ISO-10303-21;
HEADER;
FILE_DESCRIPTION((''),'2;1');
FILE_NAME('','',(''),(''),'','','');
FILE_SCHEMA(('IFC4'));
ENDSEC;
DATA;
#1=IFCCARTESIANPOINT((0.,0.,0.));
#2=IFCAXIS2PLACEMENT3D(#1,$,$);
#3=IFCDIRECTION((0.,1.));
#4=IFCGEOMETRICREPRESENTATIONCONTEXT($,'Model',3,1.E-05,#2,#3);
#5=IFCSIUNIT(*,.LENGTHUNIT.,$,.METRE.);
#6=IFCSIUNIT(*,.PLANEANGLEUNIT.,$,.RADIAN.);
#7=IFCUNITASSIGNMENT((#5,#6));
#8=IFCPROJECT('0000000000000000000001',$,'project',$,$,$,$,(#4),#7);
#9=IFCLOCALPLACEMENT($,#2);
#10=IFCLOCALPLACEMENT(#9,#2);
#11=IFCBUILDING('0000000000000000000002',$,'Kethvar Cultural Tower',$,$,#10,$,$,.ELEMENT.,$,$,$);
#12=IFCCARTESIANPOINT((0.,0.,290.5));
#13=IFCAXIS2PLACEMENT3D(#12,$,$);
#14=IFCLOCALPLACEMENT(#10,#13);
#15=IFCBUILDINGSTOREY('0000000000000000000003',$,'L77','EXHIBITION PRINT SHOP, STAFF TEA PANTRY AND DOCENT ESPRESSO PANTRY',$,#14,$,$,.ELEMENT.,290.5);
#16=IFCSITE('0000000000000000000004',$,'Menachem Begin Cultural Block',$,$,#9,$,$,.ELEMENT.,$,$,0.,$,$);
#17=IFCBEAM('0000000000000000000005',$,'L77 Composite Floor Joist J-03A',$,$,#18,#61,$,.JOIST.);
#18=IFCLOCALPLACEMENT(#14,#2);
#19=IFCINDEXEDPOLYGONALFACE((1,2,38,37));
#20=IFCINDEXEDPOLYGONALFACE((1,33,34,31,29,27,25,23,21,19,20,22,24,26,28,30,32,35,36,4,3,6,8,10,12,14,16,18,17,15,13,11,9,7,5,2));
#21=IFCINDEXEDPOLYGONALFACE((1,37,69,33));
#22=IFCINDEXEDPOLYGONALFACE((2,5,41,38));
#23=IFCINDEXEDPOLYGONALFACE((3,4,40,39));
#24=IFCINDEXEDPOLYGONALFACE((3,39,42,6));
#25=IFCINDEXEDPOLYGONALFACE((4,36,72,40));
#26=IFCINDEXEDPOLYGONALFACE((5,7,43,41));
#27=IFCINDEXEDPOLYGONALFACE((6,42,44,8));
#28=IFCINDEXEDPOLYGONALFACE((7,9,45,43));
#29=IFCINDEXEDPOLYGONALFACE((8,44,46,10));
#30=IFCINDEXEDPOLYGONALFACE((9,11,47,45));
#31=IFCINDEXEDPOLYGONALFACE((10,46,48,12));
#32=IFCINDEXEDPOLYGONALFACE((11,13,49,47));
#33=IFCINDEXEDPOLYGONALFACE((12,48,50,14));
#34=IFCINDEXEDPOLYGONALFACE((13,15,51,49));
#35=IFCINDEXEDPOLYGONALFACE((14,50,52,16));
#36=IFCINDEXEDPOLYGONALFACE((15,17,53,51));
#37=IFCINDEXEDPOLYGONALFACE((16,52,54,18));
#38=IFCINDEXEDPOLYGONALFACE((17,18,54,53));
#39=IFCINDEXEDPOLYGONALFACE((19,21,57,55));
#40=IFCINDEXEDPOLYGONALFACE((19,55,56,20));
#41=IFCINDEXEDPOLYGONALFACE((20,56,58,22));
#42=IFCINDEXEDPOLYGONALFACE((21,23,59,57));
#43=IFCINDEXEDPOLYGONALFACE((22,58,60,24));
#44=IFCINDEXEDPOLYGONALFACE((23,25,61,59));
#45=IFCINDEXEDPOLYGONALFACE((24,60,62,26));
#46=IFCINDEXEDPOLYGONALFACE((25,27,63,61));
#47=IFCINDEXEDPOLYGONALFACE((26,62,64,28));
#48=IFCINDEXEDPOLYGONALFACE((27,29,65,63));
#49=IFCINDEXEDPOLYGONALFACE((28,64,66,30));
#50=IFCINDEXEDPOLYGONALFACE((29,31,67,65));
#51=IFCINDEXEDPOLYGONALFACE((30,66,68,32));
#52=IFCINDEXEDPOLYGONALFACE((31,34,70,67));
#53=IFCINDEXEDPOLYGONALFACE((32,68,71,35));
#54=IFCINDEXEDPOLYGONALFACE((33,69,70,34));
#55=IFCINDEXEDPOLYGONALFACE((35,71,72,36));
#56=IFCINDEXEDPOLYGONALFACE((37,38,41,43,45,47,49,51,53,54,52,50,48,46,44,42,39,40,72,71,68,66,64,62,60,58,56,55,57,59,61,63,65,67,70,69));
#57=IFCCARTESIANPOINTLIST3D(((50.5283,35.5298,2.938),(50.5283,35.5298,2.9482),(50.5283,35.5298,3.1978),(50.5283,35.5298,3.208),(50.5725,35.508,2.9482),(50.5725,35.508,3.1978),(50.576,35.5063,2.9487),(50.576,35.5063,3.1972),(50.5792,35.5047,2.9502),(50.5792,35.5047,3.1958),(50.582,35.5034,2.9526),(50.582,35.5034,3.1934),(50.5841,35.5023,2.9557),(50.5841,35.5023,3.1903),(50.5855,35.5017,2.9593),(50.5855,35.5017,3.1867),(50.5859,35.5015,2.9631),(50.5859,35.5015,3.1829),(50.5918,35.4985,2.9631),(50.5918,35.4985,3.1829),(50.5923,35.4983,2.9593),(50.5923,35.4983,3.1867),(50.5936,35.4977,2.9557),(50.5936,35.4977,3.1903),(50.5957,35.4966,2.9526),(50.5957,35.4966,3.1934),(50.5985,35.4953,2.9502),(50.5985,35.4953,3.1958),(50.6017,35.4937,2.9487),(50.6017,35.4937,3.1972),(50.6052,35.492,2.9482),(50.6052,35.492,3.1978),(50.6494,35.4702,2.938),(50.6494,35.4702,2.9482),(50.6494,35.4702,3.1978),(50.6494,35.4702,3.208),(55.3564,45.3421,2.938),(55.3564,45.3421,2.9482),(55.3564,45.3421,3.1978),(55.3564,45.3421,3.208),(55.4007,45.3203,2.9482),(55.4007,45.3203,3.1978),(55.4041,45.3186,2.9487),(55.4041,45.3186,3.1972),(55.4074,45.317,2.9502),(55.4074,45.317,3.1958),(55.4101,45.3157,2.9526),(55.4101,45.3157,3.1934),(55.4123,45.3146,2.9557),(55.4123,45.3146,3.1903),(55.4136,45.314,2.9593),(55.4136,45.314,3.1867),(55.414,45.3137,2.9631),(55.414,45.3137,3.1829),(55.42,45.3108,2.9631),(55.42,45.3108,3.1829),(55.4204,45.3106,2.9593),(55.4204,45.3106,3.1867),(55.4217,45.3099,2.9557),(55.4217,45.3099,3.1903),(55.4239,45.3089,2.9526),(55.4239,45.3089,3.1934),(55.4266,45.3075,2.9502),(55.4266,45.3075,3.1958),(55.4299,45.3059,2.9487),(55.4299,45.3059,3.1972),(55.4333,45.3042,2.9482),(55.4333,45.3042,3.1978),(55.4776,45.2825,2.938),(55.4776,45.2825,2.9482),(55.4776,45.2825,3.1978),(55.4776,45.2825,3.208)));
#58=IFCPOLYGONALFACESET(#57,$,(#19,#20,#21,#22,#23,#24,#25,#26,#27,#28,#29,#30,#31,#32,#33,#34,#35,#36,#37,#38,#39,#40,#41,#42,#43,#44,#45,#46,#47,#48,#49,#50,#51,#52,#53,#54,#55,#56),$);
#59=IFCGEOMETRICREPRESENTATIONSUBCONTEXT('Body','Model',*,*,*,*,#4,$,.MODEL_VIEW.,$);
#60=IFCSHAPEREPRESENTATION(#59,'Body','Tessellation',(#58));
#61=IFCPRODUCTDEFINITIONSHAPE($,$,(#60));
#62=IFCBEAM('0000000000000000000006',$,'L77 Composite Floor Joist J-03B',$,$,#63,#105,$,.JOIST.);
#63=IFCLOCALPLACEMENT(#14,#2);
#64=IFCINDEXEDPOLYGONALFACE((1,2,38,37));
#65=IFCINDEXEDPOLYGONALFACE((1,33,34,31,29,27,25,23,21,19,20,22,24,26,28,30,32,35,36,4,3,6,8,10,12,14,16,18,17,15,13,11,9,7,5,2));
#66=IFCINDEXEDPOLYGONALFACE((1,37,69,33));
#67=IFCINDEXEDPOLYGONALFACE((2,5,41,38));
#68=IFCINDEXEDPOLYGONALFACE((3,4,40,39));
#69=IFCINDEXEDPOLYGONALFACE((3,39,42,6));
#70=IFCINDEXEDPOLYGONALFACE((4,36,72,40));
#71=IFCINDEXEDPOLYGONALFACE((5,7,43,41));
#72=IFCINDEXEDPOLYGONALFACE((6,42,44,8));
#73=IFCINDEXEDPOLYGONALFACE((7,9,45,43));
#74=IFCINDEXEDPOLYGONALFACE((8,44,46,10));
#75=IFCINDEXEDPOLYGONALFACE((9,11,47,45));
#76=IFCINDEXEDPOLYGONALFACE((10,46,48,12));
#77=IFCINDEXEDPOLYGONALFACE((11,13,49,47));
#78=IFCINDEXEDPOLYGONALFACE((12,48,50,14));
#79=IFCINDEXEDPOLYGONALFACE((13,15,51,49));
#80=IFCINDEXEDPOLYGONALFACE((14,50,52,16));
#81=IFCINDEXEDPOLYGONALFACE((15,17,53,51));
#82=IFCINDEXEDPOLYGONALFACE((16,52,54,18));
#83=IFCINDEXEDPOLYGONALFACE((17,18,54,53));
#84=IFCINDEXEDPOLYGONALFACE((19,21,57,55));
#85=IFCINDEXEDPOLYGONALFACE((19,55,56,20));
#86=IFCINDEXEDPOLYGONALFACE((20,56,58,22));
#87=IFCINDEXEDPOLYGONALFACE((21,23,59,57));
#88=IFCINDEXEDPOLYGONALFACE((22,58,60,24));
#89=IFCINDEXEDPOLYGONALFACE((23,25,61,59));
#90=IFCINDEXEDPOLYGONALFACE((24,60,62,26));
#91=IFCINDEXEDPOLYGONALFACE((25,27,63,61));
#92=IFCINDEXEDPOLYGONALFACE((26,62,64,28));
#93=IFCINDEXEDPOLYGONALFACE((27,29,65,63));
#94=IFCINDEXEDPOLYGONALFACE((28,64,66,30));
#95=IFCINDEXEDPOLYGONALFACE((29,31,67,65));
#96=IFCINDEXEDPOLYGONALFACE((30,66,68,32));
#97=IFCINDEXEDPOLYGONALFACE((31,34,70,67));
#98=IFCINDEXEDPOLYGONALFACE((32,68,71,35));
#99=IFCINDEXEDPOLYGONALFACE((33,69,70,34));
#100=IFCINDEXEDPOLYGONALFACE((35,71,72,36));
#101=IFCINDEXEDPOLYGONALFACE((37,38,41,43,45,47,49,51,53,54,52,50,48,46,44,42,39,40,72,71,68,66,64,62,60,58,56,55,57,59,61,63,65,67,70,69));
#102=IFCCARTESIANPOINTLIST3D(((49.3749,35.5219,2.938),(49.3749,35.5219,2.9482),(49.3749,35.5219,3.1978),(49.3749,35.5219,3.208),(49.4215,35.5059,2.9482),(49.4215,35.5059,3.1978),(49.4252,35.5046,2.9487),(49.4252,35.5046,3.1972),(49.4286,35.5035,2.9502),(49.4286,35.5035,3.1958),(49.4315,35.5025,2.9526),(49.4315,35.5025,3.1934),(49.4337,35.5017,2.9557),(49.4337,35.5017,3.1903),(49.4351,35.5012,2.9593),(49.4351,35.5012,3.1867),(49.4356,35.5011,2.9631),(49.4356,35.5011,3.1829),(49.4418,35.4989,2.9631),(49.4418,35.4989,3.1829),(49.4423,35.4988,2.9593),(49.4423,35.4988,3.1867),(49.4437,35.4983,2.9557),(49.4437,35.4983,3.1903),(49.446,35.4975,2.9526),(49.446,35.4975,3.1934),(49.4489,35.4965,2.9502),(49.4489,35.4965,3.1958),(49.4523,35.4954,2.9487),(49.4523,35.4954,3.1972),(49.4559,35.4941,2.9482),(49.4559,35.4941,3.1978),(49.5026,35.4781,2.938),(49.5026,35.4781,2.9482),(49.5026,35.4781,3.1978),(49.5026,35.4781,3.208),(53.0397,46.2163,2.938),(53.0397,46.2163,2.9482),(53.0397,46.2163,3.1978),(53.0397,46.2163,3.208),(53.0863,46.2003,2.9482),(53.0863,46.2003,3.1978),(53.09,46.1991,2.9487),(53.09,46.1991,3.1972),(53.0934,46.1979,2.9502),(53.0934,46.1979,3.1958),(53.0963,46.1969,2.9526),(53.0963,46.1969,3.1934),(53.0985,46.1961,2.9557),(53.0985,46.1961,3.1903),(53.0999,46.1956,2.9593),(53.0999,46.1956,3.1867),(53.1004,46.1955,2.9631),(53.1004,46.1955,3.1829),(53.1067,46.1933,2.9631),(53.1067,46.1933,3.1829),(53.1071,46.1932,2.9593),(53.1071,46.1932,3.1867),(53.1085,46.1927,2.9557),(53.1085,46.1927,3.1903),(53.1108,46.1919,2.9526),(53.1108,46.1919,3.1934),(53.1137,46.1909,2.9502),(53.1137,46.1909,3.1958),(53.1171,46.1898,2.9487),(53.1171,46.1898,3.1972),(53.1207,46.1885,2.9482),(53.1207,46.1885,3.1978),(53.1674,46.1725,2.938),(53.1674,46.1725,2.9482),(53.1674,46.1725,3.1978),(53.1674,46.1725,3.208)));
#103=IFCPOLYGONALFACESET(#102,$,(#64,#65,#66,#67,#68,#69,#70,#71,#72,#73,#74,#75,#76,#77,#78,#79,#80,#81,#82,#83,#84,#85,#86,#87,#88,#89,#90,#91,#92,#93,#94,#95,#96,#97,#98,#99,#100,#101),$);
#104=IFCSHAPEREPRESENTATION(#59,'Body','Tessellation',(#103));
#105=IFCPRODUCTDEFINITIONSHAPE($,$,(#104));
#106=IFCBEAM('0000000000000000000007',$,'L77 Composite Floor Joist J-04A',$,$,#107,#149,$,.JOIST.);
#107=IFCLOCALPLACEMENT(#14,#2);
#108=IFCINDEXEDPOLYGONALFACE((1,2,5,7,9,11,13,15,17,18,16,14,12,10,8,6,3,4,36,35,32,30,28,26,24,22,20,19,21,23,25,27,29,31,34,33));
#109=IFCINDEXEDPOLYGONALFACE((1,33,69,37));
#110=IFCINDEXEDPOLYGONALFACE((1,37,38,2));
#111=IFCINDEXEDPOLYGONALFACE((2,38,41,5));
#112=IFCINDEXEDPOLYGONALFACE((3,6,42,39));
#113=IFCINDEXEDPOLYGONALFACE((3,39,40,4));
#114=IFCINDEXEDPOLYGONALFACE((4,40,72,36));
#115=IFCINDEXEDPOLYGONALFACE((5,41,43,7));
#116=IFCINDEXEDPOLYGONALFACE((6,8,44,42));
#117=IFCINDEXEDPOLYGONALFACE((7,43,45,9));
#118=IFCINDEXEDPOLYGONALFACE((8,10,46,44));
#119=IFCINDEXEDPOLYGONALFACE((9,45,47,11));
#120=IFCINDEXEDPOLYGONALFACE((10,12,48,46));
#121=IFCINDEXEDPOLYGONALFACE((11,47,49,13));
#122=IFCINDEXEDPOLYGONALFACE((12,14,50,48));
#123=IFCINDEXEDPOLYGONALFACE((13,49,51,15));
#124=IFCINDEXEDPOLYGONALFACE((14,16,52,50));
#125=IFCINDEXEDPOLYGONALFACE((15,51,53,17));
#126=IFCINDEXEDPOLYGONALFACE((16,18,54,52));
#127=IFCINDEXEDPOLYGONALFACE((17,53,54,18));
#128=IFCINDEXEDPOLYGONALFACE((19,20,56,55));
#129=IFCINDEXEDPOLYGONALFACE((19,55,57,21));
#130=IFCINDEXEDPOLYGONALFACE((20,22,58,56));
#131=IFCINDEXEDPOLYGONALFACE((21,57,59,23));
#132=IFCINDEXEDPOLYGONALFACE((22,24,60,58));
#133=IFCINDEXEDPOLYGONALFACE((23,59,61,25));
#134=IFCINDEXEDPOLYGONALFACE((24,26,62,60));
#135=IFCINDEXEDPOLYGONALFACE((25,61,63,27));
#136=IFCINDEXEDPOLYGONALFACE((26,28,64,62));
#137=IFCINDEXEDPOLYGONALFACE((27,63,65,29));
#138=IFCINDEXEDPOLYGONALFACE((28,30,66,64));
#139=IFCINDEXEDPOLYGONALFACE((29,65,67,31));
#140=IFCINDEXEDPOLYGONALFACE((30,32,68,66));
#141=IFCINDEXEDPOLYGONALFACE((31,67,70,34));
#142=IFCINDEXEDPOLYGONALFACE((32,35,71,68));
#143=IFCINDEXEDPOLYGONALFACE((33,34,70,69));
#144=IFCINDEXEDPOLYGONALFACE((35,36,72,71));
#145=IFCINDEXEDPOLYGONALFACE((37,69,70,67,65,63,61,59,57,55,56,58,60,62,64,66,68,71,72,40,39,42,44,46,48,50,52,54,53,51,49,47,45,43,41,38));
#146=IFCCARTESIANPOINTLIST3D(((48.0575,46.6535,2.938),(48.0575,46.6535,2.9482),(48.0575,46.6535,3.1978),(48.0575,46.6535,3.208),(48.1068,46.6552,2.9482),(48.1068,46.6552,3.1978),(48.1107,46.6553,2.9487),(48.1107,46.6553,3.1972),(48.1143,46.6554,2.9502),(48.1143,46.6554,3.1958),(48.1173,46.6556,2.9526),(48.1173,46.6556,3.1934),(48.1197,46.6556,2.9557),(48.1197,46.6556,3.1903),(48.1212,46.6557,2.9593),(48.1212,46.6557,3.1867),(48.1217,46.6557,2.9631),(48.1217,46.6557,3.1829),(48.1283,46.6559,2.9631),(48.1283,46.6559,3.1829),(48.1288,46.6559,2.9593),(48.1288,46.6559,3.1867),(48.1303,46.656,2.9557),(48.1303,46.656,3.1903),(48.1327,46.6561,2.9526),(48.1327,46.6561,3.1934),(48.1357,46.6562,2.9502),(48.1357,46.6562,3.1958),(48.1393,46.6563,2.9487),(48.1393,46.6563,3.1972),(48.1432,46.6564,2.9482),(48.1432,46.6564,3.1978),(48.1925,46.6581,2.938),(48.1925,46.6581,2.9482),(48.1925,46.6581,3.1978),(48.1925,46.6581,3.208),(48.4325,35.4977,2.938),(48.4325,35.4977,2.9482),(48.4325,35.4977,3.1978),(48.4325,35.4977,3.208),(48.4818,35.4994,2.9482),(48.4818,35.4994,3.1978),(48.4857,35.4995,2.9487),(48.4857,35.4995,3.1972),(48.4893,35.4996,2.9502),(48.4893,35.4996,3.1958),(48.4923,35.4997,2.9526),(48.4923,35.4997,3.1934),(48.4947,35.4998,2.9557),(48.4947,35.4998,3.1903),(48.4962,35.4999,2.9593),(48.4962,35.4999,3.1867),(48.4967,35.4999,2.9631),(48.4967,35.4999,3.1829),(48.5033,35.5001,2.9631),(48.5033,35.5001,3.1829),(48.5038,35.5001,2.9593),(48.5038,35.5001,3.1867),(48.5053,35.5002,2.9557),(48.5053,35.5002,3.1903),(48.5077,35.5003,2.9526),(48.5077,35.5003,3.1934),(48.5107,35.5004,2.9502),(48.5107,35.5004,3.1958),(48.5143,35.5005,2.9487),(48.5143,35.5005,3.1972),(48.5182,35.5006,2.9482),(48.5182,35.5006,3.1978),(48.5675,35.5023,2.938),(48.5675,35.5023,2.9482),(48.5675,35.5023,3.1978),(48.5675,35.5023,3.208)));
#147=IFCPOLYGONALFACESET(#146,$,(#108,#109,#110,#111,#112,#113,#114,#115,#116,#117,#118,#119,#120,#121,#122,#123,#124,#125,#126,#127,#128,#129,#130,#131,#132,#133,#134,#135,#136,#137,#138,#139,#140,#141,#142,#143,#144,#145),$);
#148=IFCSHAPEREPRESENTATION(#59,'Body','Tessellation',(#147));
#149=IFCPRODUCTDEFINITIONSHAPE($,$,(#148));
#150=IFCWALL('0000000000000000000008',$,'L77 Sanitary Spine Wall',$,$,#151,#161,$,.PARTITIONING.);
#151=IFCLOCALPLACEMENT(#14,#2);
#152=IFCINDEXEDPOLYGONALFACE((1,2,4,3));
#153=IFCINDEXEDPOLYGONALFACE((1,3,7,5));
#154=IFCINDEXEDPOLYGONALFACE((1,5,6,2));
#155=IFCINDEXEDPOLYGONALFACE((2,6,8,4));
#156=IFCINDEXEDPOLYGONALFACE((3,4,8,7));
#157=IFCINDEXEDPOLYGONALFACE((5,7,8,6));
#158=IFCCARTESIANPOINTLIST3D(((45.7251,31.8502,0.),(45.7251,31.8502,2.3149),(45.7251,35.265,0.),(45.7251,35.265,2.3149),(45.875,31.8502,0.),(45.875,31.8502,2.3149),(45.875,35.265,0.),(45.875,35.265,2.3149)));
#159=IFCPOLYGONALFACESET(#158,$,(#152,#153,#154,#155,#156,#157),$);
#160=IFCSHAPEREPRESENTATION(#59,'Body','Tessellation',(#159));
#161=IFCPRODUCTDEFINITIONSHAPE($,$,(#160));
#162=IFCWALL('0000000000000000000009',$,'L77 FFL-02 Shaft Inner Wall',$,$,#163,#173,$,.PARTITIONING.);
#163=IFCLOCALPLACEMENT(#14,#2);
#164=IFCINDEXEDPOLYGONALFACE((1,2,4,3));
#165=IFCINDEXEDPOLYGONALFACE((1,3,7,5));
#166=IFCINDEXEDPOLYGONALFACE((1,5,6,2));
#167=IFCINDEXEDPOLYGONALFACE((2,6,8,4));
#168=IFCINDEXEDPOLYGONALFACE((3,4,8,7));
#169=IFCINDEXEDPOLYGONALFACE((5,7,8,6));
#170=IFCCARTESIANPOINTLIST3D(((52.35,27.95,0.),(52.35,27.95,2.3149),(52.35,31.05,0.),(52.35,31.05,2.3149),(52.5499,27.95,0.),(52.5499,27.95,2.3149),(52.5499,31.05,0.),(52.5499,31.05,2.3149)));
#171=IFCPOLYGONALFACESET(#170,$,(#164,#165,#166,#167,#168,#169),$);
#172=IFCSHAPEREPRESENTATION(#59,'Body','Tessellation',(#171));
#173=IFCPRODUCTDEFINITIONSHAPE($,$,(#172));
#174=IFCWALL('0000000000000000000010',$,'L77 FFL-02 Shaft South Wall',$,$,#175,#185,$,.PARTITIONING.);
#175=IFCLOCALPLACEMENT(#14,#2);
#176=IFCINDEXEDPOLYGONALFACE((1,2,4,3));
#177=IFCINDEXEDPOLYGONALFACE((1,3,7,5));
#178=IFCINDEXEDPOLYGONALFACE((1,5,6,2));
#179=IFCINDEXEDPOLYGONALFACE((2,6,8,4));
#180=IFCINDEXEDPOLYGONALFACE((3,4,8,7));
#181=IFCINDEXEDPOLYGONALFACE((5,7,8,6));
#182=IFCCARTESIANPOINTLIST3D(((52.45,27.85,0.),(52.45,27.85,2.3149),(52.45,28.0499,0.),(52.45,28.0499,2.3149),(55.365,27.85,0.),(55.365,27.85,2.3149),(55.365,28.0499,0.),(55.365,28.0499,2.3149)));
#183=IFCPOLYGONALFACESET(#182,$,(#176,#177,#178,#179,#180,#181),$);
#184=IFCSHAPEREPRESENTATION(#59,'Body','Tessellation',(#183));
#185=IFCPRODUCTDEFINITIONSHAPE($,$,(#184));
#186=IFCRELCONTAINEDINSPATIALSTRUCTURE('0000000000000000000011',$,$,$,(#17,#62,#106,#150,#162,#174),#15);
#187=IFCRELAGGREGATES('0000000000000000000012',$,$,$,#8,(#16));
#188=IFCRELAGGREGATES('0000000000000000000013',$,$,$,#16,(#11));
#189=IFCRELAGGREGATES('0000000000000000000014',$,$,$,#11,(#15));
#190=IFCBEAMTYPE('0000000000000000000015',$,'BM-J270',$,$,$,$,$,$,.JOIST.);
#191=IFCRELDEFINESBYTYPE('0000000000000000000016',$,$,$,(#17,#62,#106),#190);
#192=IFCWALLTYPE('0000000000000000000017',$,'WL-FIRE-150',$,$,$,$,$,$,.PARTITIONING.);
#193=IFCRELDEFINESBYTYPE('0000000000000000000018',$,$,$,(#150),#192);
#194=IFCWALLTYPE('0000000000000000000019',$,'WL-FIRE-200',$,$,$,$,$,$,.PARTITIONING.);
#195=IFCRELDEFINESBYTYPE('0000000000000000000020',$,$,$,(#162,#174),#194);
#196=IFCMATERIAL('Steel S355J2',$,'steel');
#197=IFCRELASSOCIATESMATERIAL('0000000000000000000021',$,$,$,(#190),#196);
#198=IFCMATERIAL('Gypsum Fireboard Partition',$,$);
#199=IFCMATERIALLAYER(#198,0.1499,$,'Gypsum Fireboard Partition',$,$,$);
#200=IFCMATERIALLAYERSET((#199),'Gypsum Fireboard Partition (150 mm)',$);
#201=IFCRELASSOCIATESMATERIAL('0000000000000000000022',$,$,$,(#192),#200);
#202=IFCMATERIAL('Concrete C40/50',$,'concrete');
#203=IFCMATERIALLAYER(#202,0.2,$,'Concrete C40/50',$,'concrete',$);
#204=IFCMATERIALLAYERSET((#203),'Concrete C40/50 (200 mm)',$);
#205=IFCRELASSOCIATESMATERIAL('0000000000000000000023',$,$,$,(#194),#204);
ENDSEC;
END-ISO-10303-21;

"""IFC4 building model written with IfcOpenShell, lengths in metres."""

from ifc_helpers import new_model, si_unit, direction, frame, frame_2d, origin, origin_2d, place, context, subcontext, project, spatial, rectangle, i_section, extrude, source, transform, mapped, material, layer, layer_set, material_profile, profile_set, type_object, element, save


model = new_model("IFC4")

# Units and contexts
model_context = context("Model", 3, precision=1e-05, world=origin(), true_north=direction((0.0, 1.0)))
body_context = subcontext(model_context, "Body", "Model", "MODEL_VIEW")
ifc_project = project(units=[si_unit("LENGTHUNIT", "METRE"), si_unit("PLANEANGLEUNIT", "RADIAN")], contexts=[model_context])

# Site, building, storey
site_placement = place(None, origin())
site = spatial("IfcSite", under=ifc_project, at=site_placement, Name="Menachem Begin Cultural Block", CompositionType="ELEMENT", RefElevation=0.0)
building_placement = place(site_placement, origin())
building = spatial("IfcBuilding", under=site, at=building_placement, Name="Kethvar Cultural Tower", CompositionType="ELEMENT")
storey_placement = place(building_placement, frame((0.0, 0.0, 290.5)))
storey = spatial("IfcBuildingStorey", under=building, at=storey_placement, Name="L77", Description="EXHIBITION PRINT SHOP, STAFF TEA PANTRY AND DOCENT ESPRESSO PANTRY", CompositionType="ELEMENT", Elevation=290.5)

# Beams
ifc_material_1 = material(Name="Steel S355J2", Category="steel")
ifc_material_profile_1 = material_profile(ifc_material_1, i_section(OverallWidth=0.135, OverallDepth=0.27, WebThickness=0.0066, FlangeThickness=0.0103, FilletRadius=0.0149, at=origin_2d()), Name="Steel S355J2 — IPE270")
ifc_profile_set_1 = profile_set([ifc_material_profile_1], Name="Steel S355J2 — IPE270")
beam_type_1 = type_object("IfcBeamType", Name="BM-J270", PredefinedType="JOIST", material=ifc_profile_set_1)
shared_shape_1 = source(origin(), body_context, "Body", "SweptSolid", [
    extrude(i_section(OverallWidth=0.135, OverallDepth=0.27, WebThickness=0.0066, FlangeThickness=0.0103, FilletRadius=0.0149, at=origin_2d()), origin(), (0.0, 0.0, 1.0), 10.9358),
])
beam_1_placement = place(storey_placement, frame((50.5889, 35.5, 3.073), z_axis=(0.441498, 0.897262, 0.0), x_axis=(-0.897262, 0.441498, 0.0)))
element("IfcBeam", 1, at=beam_1_placement, inside=storey, type_object=beam_type_1, Name="L77 Composite Floor Joist J-03A", PredefinedType="JOIST", context=body_context, shape_type="MappedRepresentation", body=[
    mapped(shared_shape_1, transform((0.0, 0.0, 0.0), scale=1.0)),
])
shared_shape_2 = source(origin(), body_context, "Body", "SweptSolid", [
    extrude(i_section(OverallWidth=0.135, OverallDepth=0.27, WebThickness=0.0066, FlangeThickness=0.0103, FilletRadius=0.0149, at=origin_2d()), origin(), (0.0, 0.0, 1.0), 11.3049),
])
beam_2_placement = place(storey_placement, frame((49.4387, 35.5, 3.073), z_axis=(0.324179, 0.945996, 0.0), x_axis=(-0.945996, 0.324179, 0.0)))
element("IfcBeam", 2, at=beam_2_placement, inside=storey, type_object=beam_type_1, Name="L77 Composite Floor Joist J-03B", PredefinedType="JOIST", context=body_context, shape_type="MappedRepresentation", body=[
    mapped(shared_shape_2, transform((0.0, 0.0, 0.0), scale=1.0)),
])
shared_shape_3 = source(origin(), body_context, "Body", "SweptSolid", [
    extrude(i_section(OverallWidth=0.135, OverallDepth=0.27, WebThickness=0.0066, FlangeThickness=0.0103, FilletRadius=0.0149, at=origin_2d()), origin(), (0.0, 0.0, 1.0), 11.1621),
])
beam_3_placement = place(storey_placement, frame((48.5, 35.5, 3.073), z_axis=(-0.033596, 0.999435, 0.0), x_axis=(-0.999435, -0.033596, 0.0)))
element("IfcBeam", 3, at=beam_3_placement, inside=storey, type_object=beam_type_1, Name="L77 Composite Floor Joist J-04A", PredefinedType="JOIST", context=body_context, shape_type="MappedRepresentation", body=[
    mapped(shared_shape_3, transform((0.0, 0.0, 0.0), scale=1.0)),
])

# Walls
ifc_material_2 = material(Name="Gypsum Fireboard Partition")
ifc_layer_1 = layer(ifc_material_2, 0.1499, Name="Gypsum Fireboard Partition")
ifc_layer_set_1 = layer_set([ifc_layer_1], Name="Gypsum Fireboard Partition (150 mm)")
wall_type_1 = type_object("IfcWallType", Name="WL-FIRE-150", PredefinedType="PARTITIONING", material=ifc_layer_set_1)
wall_1_placement = place(storey_placement, frame((45.8, 31.8501, 0.0), z_axis=(0.0, 0.0, 1.0), x_axis=(0.0, 1.0, 0.0)))
element("IfcWall", 4, at=wall_1_placement, inside=storey, type_object=wall_type_1, Name="L77 Sanitary Spine Wall", PredefinedType="PARTITIONING", context=body_context, shape_type="SweptSolid", body=[
    extrude(rectangle(XDim=3.4148, YDim=0.1499, at=frame_2d((1.7075, 0.0))), origin(), (0.0, 0.0, 1.0), 2.3149),
])
ifc_material_3 = material(Name="Concrete C40/50", Category="concrete")
ifc_layer_2 = layer(ifc_material_3, 0.2, Name="Concrete C40/50", Category="concrete")
ifc_layer_set_2 = layer_set([ifc_layer_2], Name="Concrete C40/50 (200 mm)")
wall_type_2 = type_object("IfcWallType", Name="WL-FIRE-200", PredefinedType="PARTITIONING", material=ifc_layer_set_2)
wall_2_placement = place(storey_placement, frame((52.45, 27.95, 0.0), z_axis=(0.0, 0.0, 1.0), x_axis=(0.0, 1.0, 0.0)))
element("IfcWall", 5, at=wall_2_placement, inside=storey, type_object=wall_type_2, Name="L77 FFL-02 Shaft Inner Wall", PredefinedType="PARTITIONING", context=body_context, shape_type="SweptSolid", body=[
    extrude(rectangle(XDim=3.1001, YDim=0.2, at=frame_2d((1.55, 0.0))), origin(), (0.0, 0.0, 1.0), 2.3149),
])
for number, where, z_axis, x_axis, name in (
    (6, (52.45, 27.95, 0.0), (0.0, 0.0, 1.0), (1.0, 0.0, 0.0), "L77 FFL-02 Shaft South Wall"),
):
    element("IfcWall", number, at=place(storey_placement, frame(where, z_axis=z_axis, x_axis=x_axis)), inside=storey, type_object=wall_type_2, Name=name, PredefinedType="PARTITIONING", context=body_context, shape_type="SweptSolid", body=[
        extrude(rectangle(XDim=2.915, YDim=0.2, at=frame_2d((1.4575, 0.0))), origin(), (0.0, 0.0, 1.0), 2.3149),
    ])

save(model, "model.ifc")
